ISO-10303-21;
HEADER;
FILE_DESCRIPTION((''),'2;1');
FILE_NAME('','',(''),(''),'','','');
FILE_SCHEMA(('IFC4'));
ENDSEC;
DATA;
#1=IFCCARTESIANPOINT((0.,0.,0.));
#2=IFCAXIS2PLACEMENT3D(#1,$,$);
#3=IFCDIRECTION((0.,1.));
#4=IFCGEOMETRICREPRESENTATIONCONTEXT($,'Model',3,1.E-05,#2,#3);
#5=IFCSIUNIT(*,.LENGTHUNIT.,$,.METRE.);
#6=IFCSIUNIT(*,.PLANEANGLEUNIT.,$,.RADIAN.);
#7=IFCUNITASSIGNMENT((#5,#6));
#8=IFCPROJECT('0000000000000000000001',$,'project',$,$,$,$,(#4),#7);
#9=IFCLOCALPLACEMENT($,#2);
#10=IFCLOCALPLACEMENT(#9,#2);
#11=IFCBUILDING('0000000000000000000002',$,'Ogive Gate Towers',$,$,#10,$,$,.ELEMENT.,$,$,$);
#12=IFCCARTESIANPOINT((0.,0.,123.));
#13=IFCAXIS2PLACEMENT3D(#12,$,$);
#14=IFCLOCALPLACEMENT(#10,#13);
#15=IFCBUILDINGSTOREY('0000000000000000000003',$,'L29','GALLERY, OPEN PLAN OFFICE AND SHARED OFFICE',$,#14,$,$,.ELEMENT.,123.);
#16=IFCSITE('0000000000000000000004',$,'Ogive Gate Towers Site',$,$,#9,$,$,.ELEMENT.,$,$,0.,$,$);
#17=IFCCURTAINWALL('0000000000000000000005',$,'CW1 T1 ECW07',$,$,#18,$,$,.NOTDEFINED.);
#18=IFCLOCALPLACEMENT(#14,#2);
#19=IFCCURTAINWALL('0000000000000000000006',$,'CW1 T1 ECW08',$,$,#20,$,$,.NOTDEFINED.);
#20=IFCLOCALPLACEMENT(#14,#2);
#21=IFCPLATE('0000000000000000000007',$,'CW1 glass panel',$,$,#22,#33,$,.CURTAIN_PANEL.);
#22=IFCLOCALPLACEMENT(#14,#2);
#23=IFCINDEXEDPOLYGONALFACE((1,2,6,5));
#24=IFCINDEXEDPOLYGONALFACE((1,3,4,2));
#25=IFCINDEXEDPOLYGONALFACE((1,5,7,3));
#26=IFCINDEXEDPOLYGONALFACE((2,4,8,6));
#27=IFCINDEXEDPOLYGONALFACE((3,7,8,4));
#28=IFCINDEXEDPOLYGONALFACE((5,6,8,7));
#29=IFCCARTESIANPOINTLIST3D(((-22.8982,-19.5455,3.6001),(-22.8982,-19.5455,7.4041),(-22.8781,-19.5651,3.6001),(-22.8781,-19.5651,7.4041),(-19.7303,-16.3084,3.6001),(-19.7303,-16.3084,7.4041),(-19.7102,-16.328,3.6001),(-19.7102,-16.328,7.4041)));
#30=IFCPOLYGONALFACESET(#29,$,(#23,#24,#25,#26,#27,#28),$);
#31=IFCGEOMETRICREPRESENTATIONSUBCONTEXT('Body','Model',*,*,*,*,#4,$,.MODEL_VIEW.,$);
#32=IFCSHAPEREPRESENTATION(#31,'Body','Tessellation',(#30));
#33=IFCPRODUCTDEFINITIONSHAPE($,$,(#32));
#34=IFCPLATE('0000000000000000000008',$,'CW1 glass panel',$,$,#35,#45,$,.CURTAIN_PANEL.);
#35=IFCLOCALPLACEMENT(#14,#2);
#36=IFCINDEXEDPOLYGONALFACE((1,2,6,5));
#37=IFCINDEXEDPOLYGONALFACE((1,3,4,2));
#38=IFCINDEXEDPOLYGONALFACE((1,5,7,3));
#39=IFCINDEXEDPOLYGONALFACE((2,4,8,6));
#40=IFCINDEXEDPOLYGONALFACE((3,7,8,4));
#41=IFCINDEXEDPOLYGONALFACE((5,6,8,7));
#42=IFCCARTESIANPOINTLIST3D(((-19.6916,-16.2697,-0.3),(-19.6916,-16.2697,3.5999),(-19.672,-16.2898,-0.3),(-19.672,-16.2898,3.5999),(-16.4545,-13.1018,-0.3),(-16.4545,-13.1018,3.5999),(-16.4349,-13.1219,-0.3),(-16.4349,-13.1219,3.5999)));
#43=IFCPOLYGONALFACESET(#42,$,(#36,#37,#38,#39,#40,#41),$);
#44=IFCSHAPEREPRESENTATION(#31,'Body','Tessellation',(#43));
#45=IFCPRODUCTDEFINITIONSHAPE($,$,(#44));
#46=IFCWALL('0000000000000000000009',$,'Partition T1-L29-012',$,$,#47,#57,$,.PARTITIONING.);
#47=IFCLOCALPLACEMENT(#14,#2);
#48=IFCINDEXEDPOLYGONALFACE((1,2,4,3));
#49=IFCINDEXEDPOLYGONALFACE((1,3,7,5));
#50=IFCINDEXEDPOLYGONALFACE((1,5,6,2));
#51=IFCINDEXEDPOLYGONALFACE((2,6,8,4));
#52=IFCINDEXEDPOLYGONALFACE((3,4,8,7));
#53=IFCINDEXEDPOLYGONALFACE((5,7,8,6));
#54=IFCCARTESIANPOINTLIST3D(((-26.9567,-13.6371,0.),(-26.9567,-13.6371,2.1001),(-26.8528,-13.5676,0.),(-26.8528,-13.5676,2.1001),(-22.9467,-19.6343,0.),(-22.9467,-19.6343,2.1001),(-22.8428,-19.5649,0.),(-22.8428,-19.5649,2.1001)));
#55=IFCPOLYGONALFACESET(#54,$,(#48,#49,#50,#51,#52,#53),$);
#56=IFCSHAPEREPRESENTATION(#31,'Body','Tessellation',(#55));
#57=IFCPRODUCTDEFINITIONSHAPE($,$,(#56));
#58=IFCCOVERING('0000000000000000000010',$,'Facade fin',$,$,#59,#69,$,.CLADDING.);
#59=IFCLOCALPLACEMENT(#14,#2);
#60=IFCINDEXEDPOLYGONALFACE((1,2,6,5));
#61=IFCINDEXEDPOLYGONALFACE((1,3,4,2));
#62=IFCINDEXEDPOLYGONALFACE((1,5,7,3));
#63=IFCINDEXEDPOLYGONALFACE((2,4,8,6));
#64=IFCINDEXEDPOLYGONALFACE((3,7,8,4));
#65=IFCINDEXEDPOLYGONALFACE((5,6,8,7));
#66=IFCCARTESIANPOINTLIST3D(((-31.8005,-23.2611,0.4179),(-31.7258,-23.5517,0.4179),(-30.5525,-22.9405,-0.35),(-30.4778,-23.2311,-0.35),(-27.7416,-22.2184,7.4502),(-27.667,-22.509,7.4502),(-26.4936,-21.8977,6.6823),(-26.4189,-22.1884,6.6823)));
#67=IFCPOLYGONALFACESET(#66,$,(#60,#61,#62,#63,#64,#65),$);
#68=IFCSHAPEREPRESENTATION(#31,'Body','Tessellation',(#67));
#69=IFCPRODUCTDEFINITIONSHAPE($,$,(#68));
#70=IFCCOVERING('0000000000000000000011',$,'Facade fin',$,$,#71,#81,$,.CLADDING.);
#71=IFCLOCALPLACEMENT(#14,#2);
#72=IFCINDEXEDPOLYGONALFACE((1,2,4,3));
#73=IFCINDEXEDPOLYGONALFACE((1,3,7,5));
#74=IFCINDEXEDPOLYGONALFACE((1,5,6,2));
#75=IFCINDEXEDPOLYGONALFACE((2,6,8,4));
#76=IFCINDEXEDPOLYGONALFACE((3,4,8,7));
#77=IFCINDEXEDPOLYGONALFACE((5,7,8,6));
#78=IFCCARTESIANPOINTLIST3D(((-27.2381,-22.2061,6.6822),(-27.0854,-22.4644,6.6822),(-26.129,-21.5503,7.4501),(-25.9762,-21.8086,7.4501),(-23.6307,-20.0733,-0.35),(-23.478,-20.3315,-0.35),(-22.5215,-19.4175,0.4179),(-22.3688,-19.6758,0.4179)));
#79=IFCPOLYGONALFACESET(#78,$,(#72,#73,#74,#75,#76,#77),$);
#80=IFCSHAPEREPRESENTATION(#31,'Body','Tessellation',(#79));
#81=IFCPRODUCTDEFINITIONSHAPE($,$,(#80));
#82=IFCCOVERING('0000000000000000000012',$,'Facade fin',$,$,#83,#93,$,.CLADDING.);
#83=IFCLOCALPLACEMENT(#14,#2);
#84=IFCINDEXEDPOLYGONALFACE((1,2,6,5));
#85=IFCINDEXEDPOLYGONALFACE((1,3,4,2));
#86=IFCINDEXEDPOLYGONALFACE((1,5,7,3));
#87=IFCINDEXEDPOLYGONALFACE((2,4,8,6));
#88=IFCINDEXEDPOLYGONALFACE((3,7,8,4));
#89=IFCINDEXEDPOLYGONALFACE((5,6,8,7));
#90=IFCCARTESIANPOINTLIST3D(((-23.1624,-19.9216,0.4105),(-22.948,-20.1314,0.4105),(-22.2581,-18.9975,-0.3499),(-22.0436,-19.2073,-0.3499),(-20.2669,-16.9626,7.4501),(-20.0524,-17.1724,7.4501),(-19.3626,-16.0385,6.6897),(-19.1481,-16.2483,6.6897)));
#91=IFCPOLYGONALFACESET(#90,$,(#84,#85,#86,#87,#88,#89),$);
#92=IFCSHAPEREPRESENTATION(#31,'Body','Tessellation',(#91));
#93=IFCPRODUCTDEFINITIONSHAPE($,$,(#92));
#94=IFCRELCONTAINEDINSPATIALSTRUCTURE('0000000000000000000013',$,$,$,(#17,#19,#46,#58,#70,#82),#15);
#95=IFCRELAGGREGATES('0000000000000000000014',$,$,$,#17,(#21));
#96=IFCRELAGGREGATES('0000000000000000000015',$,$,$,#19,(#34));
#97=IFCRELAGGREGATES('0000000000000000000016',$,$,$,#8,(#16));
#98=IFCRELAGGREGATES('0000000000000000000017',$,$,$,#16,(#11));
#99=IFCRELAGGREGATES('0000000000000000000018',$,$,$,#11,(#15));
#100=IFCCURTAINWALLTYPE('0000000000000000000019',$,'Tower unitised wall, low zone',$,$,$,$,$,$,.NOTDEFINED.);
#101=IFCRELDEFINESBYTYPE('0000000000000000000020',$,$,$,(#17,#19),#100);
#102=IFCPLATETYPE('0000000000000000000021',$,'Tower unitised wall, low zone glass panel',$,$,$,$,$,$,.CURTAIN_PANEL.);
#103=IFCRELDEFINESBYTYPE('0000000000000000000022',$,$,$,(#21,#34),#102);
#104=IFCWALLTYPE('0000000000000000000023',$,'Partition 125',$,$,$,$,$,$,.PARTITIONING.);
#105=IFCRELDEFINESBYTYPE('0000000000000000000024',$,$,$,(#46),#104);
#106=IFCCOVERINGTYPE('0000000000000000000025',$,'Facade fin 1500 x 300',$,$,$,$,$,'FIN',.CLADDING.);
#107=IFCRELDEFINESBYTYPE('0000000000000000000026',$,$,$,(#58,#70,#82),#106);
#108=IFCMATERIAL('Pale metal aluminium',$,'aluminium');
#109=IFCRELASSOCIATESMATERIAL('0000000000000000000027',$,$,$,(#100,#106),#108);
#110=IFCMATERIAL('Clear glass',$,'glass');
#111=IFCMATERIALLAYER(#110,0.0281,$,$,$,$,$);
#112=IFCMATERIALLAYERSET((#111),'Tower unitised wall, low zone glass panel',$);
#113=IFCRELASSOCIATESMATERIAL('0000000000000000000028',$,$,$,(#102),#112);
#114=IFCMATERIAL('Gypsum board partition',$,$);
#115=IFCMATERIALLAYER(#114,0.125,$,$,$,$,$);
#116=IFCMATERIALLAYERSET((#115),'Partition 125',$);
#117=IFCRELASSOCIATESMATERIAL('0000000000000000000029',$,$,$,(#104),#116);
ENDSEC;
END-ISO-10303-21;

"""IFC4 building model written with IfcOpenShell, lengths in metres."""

from ifc_helpers import new_model, si_unit, direction, frame, frame_2d, origin, origin_2d, place, context, subcontext, project, spatial, rectangle, extrude, material, layer, layer_set, material_profile, profile_set, type_object, element, aggregate, save


model = new_model("IFC4")

# Units and contexts
model_context = context("Model", 3, precision=1e-05, world=origin(), true_north=direction((0.0, 1.0)))
body_context = subcontext(model_context, "Body", "Model", "MODEL_VIEW")
ifc_project = project(units=[si_unit("LENGTHUNIT", "METRE"), si_unit("PLANEANGLEUNIT", "RADIAN")], contexts=[model_context])

# Site, building, storey
site_placement = place(None, origin())
site = spatial("IfcSite", under=ifc_project, at=site_placement, Name="Ogive Gate Towers Site", CompositionType="ELEMENT", RefElevation=0.0)
building_placement = place(site_placement, origin())
building = spatial("IfcBuilding", under=site, at=building_placement, Name="Ogive Gate Towers", CompositionType="ELEMENT")
storey_placement = place(building_placement, frame((0.0, 0.0, 123.0)))
storey = spatial("IfcBuildingStorey", under=building, at=storey_placement, Name="L29", Description="GALLERY, OPEN PLAN OFFICE AND SHARED OFFICE", CompositionType="ELEMENT", Elevation=123.0)

# Curtain wall
ifc_material_1 = material(Name="Pale metal aluminium", Category="aluminium")
curtain_wall_type = type_object("IfcCurtainWallType", Name="Tower unitised wall, low zone", PredefinedType="NOTDEFINED", material=ifc_material_1)
curtain_wall_1_placement = place(storey_placement, origin())
curtain_wall_1 = element("IfcCurtainWall", 1, at=curtain_wall_1_placement, inside=storey, type_object=curtain_wall_type, Name="CW1 T1 ECW07", PredefinedType="NOTDEFINED")

# Curtain wall
curtain_wall_2_placement = place(storey_placement, origin())
curtain_wall_2 = element("IfcCurtainWall", 2, at=curtain_wall_2_placement, inside=storey, type_object=curtain_wall_type, Name="CW1 T1 ECW08", PredefinedType="NOTDEFINED")

# Plates
ifc_material_2 = material(Name="Clear glass", Category="glass")
ifc_layer_1 = layer(ifc_material_2, 0.0281)
ifc_layer_set_1 = layer_set([ifc_layer_1], Name="Tower unitised wall, low zone glass panel")
plate_type = type_object("IfcPlateType", Name="Tower unitised wall, low zone glass panel", PredefinedType="CURTAIN_PANEL", material=ifc_layer_set_1)
plate_1_placement = place(storey_placement, frame((-21.3042, -17.9368, 3.6001), z_axis=(0.0, 0.0, 1.0), x_axis=(0.699426, 0.714705, 0.0)))
plate_1 = element("IfcPlate", 3, at=plate_1_placement, type_object=plate_type, Name="CW1 glass panel", PredefinedType="CURTAIN_PANEL", context=body_context, shape_type="SweptSolid", body=[
    extrude(rectangle(XDim=4.5293, YDim=0.0281, at=origin_2d()), origin(), (0.0, 0.0, 1.0), 3.804),
])
aggregate(curtain_wall_1, [plate_1])
plate_2_placement = place(storey_placement, frame((-18.0632, -14.6958, -0.3), z_axis=(0.0, 0.0, 1.0), x_axis=(0.714705, 0.699426, 0.0)))
plate_2 = element("IfcPlate", 4, at=plate_2_placement, type_object=plate_type, Name="CW1 glass panel", PredefinedType="CURTAIN_PANEL", context=body_context, shape_type="SweptSolid", body=[
    extrude(rectangle(XDim=4.5293, YDim=0.0281, at=origin_2d()), origin(), (0.0, 0.0, 1.0), 3.8999),
])
aggregate(curtain_wall_2, [plate_2])

# Wall
ifc_material_3 = material(Name="Gypsum board partition")
ifc_layer_2 = layer(ifc_material_3, 0.125)
ifc_layer_set_2 = layer_set([ifc_layer_2], Name="Partition 125")
wall_type = type_object("IfcWallType", Name="Partition 125", PredefinedType="PARTITIONING", material=ifc_layer_set_2)
wall_placement = place(storey_placement, frame((-22.8948, -19.5996, 0.0), z_axis=(0.0, 0.0, 1.0), x_axis=(-0.555832, 0.831295, 0.0)))
element("IfcWall", 5, at=wall_placement, inside=storey, type_object=wall_type, Name="Partition T1-L29-012", PredefinedType="PARTITIONING", context=body_context, shape_type="SweptSolid", body=[
    extrude(rectangle(XDim=7.2144, YDim=0.125, at=frame_2d((3.6072, 0.0))), origin(), (0.0, 0.0, 1.0), 2.1001),
])

# Coverings
ifc_material_profile_1 = material_profile(ifc_material_1, rectangle(XDim=0.3, YDim=1.5, at=origin_2d()), Name="1500 x 300 pale metal aluminium")
ifc_profile_set_1 = profile_set([ifc_material_profile_1], Name="Pale metal aluminium")
covering_type = type_object("IfcCoveringType", Name="Facade fin 1500 x 300", ElementType="FIN", PredefinedType="CLADDING", material=ifc_profile_set_1)
for number, where, z_axis, x_axis, name in (
    (6, (-31.1392, -23.2461, 0.0339), (0.495815, 0.127376, 0.859036), (-0.248822, 0.968549, 0.0), "Facade fin"),
    (7, (-22.9998, -19.8745, 0.0339), (-0.440669, -0.260536, 0.85903), (0.508933, -0.860806, 0.0), "Facade fin"),
):
    element("IfcCovering", number, at=place(storey_placement, frame(where, z_axis=z_axis, x_axis=x_axis)), inside=storey, type_object=covering_type, Name=name, PredefinedType="CLADDING", context=body_context, shape_type="SweptSolid", body=[
        extrude(rectangle(XDim=0.3, YDim=1.5, at=origin_2d()), origin(), (0.0, 0.0, 1.0), 8.1863),
    ])
covering_placement = place(storey_placement, frame((-22.603, -19.5645, 0.0303), z_axis=(0.354551, 0.362324, 0.861983), x_axis=(-0.714731, 0.699399, 0.0)))
element("IfcCovering", 8, at=covering_placement, inside=storey, type_object=covering_type, Name="Facade fin", PredefinedType="CLADDING", context=body_context, shape_type="SweptSolid", body=[
    extrude(rectangle(XDim=0.3, YDim=1.5, at=origin_2d()), origin(), (0.0, 0.0, 1.0), 8.1667),
])

save(model, "model.ifc")
